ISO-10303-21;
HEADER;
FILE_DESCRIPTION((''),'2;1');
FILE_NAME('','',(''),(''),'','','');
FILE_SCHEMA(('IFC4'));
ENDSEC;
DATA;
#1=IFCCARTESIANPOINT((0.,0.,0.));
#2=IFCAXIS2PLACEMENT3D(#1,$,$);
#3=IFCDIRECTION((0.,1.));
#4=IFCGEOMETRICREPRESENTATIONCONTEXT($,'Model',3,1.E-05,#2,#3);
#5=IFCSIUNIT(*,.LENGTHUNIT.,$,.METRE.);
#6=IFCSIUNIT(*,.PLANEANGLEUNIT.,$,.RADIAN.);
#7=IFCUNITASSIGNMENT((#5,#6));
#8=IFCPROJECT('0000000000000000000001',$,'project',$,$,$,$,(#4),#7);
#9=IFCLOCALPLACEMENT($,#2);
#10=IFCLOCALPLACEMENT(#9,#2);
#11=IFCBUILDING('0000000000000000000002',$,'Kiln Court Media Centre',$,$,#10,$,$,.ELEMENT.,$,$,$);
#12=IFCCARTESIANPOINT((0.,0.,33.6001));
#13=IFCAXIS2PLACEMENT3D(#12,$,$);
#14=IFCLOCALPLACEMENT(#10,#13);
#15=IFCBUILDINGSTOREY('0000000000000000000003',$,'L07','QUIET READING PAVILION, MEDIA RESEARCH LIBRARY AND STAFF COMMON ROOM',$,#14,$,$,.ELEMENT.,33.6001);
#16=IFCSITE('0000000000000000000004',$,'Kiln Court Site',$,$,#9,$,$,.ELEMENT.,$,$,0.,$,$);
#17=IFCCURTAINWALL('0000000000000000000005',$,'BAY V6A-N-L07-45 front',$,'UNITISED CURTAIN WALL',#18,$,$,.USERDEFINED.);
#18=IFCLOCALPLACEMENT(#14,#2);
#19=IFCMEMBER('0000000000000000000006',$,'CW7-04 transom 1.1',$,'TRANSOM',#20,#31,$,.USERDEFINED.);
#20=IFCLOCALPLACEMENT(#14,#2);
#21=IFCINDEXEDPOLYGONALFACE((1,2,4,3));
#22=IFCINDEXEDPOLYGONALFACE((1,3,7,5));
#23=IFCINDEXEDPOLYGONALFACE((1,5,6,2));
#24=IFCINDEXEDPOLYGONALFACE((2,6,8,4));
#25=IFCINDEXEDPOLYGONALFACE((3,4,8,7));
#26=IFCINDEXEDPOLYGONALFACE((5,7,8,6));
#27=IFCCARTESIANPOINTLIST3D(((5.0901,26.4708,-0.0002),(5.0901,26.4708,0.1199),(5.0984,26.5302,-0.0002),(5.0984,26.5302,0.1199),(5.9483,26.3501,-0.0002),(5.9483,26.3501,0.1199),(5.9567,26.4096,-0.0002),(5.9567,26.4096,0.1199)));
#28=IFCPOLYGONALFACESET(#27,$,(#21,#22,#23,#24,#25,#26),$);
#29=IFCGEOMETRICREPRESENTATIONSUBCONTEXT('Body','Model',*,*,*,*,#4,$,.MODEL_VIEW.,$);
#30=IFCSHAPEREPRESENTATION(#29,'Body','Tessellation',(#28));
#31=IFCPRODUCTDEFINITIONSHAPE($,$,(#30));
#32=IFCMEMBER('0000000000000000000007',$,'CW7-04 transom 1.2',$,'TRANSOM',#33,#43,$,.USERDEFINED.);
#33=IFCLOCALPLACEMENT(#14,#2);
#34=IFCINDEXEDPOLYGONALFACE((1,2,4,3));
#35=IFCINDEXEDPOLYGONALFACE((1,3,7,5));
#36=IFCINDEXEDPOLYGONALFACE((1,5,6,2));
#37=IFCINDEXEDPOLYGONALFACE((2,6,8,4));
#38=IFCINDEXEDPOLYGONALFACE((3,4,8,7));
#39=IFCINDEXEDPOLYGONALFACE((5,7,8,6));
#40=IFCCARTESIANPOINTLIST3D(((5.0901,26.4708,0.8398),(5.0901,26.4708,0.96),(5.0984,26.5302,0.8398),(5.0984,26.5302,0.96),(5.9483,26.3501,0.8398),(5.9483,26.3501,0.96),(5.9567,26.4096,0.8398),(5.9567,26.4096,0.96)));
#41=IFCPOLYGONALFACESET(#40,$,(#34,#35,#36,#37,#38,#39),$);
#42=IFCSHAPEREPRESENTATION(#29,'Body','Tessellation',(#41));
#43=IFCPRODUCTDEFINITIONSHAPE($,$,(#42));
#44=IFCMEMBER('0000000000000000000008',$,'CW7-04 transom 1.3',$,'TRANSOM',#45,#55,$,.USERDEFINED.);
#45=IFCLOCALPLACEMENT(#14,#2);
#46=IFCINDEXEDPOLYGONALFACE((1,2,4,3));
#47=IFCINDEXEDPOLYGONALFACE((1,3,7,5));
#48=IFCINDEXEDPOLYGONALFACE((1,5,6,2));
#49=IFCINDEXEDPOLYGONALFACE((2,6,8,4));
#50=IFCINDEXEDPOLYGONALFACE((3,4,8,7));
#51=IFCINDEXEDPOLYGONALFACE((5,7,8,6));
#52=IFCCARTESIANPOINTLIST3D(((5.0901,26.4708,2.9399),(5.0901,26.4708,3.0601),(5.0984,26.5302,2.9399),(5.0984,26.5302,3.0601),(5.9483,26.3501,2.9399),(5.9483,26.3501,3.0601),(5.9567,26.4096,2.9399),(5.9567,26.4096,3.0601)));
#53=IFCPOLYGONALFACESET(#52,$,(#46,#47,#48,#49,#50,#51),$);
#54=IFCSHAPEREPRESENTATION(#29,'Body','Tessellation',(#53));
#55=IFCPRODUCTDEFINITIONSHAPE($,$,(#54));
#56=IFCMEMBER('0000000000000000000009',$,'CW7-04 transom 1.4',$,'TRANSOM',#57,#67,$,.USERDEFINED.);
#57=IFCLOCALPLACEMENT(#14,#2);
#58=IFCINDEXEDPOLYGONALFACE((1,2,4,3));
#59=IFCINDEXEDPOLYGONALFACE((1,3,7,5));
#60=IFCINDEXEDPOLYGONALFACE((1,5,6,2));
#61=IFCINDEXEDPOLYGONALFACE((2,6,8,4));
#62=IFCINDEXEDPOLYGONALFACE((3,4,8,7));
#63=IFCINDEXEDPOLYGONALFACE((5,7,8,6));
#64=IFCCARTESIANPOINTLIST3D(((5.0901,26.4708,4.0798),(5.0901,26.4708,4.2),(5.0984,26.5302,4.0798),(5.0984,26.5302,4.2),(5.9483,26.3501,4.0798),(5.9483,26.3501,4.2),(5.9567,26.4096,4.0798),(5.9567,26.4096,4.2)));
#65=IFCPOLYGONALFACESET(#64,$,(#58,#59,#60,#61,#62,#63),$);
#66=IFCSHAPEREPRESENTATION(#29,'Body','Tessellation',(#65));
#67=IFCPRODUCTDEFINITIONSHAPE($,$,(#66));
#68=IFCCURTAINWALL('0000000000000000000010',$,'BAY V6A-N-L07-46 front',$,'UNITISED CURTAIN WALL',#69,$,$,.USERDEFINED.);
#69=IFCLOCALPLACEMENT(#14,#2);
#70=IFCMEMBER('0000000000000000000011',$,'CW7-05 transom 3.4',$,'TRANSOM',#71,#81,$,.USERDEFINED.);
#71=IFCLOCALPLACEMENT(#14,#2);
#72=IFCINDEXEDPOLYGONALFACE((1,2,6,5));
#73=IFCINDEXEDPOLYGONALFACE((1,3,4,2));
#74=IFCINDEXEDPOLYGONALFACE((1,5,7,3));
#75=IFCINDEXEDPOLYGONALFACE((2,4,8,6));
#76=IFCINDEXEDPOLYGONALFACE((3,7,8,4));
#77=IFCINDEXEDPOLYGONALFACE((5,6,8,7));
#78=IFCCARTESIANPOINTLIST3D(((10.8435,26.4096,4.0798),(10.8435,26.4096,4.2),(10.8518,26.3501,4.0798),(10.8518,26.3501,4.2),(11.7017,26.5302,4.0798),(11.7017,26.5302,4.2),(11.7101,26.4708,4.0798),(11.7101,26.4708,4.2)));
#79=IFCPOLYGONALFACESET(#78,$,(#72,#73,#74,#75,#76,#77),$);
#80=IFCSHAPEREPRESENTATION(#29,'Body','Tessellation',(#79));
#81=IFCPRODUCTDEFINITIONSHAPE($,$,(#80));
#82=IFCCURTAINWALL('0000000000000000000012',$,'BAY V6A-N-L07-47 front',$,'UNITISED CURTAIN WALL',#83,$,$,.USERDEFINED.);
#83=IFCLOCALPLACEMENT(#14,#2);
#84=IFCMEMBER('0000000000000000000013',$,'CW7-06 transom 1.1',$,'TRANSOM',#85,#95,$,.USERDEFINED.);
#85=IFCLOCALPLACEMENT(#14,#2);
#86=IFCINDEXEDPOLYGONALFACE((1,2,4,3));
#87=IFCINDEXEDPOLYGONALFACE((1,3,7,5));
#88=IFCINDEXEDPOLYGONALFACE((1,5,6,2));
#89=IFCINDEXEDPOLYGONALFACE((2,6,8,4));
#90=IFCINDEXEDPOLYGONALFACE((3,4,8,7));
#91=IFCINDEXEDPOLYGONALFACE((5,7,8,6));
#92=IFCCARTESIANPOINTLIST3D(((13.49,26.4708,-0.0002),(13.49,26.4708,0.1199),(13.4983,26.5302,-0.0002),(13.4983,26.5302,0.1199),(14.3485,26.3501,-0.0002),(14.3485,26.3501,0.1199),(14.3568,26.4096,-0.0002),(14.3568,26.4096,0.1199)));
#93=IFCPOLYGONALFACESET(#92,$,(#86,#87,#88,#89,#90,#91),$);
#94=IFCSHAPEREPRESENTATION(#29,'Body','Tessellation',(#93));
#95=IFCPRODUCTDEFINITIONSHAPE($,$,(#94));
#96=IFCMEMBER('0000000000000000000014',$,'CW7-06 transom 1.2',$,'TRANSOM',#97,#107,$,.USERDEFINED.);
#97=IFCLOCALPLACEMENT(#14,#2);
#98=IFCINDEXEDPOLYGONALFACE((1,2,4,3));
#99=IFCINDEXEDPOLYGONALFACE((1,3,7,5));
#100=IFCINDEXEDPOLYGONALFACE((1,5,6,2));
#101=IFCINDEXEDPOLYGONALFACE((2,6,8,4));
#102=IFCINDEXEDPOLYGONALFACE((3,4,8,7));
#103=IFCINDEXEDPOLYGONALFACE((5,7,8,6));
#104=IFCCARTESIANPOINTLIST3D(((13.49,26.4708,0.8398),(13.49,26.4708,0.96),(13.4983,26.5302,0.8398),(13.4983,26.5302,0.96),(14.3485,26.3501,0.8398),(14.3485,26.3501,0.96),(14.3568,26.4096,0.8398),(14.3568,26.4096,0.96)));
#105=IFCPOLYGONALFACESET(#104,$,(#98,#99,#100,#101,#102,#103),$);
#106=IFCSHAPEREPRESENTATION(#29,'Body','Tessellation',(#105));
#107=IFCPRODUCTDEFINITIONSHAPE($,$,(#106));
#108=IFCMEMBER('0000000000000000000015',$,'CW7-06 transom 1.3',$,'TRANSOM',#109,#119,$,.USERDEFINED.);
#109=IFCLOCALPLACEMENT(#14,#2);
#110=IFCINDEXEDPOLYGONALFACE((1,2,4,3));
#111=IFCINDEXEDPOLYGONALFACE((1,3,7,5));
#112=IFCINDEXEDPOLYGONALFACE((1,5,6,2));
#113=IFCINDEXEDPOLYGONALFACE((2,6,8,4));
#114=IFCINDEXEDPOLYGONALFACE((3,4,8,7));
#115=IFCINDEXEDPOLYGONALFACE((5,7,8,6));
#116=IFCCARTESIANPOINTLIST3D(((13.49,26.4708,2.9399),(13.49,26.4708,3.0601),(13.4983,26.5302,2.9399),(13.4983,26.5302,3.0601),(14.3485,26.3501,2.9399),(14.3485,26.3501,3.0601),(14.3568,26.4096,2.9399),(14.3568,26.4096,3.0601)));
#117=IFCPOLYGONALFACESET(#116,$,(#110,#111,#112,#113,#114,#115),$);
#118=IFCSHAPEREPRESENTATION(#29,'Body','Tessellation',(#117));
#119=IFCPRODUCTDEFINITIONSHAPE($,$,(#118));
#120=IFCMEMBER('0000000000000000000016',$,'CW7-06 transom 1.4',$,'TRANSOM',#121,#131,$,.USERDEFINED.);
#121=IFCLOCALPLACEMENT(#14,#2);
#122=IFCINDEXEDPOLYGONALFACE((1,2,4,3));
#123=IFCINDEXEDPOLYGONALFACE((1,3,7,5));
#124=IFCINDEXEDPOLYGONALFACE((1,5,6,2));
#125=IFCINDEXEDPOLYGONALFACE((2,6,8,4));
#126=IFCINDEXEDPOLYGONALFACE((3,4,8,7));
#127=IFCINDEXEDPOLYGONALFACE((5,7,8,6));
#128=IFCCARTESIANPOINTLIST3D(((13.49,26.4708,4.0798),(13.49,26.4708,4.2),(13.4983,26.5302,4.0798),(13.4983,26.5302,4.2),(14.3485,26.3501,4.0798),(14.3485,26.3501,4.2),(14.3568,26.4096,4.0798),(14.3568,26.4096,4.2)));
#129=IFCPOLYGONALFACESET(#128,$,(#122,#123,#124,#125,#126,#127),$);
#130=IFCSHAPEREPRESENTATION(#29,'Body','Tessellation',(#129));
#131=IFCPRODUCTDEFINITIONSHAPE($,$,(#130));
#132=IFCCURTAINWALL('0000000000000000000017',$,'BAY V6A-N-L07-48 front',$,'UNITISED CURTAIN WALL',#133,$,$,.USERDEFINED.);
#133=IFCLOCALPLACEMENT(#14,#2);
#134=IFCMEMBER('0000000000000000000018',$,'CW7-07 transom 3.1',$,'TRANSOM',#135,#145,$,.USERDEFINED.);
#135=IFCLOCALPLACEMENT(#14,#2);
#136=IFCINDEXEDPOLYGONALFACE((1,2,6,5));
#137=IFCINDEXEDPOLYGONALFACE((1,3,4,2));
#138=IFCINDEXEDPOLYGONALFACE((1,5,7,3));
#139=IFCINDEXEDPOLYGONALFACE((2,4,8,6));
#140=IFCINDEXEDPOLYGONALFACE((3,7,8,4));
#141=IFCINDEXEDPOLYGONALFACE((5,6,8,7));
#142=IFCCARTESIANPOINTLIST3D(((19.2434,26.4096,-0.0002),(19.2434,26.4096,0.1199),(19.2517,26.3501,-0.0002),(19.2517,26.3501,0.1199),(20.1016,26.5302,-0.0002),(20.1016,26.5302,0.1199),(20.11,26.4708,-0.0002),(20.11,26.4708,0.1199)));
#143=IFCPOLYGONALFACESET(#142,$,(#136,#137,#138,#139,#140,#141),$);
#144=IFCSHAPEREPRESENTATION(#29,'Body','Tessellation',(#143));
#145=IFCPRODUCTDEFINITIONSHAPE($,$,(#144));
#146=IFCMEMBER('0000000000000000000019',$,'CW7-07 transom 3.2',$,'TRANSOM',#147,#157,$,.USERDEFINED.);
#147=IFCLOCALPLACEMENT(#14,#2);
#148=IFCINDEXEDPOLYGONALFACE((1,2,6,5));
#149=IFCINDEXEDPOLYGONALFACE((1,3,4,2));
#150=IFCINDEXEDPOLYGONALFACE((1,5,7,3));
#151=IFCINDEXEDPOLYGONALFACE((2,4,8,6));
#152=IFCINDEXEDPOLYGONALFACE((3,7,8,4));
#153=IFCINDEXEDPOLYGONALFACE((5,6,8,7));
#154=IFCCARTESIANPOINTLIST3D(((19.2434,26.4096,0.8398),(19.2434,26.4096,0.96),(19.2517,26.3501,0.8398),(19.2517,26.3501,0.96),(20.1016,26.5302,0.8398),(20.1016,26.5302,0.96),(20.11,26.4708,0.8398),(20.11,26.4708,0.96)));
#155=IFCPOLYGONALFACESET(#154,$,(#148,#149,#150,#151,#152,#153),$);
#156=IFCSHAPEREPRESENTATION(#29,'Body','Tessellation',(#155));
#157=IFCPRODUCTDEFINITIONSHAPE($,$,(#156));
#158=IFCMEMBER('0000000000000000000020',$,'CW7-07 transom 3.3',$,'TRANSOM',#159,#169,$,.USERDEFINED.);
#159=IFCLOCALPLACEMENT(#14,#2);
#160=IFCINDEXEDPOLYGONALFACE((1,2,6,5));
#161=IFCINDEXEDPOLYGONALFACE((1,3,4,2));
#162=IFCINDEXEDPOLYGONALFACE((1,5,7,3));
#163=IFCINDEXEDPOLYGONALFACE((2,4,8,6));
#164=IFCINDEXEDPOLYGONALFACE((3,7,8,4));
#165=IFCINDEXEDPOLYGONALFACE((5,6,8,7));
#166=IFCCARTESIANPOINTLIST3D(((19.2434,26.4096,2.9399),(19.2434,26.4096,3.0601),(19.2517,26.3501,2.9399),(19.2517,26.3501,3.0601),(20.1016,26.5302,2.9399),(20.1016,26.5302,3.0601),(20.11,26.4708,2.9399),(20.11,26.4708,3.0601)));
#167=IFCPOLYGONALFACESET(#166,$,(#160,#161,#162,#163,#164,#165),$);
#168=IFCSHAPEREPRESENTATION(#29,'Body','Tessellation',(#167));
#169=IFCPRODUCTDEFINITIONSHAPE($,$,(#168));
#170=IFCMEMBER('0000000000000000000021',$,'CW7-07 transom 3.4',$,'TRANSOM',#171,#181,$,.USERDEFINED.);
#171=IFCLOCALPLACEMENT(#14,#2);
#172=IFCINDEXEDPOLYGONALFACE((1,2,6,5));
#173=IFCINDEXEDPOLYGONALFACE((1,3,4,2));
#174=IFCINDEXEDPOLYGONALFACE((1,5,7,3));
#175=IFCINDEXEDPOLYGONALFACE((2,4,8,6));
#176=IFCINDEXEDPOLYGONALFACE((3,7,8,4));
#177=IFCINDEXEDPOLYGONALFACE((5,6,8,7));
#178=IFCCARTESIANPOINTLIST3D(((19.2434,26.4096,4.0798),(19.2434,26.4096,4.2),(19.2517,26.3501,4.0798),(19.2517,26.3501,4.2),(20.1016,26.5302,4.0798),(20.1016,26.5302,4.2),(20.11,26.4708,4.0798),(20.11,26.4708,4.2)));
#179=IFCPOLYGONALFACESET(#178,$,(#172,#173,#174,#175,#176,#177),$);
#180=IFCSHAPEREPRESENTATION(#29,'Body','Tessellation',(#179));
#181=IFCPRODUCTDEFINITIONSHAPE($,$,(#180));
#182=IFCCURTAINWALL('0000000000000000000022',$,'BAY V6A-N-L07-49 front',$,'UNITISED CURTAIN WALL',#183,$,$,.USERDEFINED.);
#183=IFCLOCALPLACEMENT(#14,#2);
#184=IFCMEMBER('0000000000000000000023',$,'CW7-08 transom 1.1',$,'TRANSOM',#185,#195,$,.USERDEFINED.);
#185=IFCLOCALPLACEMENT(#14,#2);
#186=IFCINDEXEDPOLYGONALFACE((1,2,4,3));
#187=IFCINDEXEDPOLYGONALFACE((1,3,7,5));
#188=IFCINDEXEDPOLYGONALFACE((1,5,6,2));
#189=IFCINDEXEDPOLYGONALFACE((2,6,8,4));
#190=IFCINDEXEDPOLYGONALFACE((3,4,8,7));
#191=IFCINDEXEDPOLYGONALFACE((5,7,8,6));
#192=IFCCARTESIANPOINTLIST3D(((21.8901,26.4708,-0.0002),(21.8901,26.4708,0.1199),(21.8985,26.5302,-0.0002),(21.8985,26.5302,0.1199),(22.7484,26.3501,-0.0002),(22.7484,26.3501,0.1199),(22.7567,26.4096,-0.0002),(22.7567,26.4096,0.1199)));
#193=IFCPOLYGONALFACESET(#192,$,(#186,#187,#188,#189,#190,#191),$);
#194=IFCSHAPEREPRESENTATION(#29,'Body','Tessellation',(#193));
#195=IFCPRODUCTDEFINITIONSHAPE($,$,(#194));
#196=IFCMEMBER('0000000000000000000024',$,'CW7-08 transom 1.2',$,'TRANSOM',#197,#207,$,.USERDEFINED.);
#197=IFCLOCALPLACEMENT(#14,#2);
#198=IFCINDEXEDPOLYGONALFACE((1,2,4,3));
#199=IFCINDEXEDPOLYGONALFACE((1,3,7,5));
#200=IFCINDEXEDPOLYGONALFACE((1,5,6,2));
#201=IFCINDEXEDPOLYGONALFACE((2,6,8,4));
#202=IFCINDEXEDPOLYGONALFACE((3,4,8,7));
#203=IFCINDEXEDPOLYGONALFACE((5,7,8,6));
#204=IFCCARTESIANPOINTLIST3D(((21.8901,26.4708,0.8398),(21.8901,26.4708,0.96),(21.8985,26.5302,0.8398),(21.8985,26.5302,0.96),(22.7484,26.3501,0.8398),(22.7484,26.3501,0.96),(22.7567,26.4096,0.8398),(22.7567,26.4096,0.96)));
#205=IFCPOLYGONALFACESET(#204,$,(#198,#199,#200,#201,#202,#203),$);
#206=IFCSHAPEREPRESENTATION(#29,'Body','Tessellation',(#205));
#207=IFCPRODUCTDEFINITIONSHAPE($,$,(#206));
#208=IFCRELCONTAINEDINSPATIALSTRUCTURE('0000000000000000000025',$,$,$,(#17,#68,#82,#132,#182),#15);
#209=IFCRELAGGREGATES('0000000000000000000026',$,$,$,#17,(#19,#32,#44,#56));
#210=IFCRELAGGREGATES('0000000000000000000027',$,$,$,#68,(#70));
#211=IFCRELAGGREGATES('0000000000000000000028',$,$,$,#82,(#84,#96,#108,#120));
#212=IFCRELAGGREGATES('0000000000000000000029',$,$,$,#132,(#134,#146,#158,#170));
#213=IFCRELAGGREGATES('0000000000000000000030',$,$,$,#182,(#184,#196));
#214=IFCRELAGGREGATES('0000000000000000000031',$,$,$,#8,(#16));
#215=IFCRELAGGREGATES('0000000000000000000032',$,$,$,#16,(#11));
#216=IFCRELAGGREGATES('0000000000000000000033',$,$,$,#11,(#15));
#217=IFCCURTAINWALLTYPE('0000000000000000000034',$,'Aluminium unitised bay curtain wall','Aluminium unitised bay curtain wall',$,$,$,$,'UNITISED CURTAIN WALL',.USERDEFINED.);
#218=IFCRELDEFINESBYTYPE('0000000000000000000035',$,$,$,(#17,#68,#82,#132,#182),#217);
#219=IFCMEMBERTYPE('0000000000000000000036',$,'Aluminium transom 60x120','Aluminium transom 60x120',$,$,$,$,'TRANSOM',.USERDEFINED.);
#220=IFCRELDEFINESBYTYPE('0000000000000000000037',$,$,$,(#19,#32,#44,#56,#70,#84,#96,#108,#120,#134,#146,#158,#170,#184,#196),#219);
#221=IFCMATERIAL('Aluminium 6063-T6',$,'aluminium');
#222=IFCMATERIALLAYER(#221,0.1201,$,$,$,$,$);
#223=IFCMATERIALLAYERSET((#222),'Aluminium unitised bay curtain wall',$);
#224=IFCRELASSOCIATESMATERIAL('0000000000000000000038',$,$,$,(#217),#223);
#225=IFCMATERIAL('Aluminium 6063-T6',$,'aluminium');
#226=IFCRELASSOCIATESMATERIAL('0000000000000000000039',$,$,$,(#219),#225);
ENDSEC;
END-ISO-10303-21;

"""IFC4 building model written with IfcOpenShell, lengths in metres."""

from ifc_helpers import new_model, si_unit, direction, frame, origin, origin_2d, place, context, subcontext, project, spatial, rectangle, extrude, material, layer, layer_set, material_profile, profile_set, type_object, element, aggregate, save


model = new_model("IFC4")

# Units and contexts
model_context = context("Model", 3, precision=1e-05, world=origin(), true_north=direction((0.0, 1.0)))
body_context = subcontext(model_context, "Body", "Model", "MODEL_VIEW")
ifc_project = project(units=[si_unit("LENGTHUNIT", "METRE"), si_unit("PLANEANGLEUNIT", "RADIAN")], contexts=[model_context])

# Site, building, storey
site_placement = place(None, origin())
site = spatial("IfcSite", under=ifc_project, at=site_placement, Name="Kiln Court Site", CompositionType="ELEMENT", RefElevation=0.0)
building_placement = place(site_placement, origin())
building = spatial("IfcBuilding", under=site, at=building_placement, Name="Kiln Court Media Centre", CompositionType="ELEMENT")
storey_placement = place(building_placement, frame((0.0, 0.0, 33.6001)))
storey = spatial("IfcBuildingStorey", under=building, at=storey_placement, Name="L07", Description="QUIET READING PAVILION, MEDIA RESEARCH LIBRARY AND STAFF COMMON ROOM", CompositionType="ELEMENT", Elevation=33.6001)

# Curtain wall, members
ifc_material_1 = material(Name="Aluminium 6063-T6", Category="aluminium")
ifc_layer_1 = layer(ifc_material_1, 0.1201)
ifc_layer_set_1 = layer_set([ifc_layer_1], Name="Aluminium unitised bay curtain wall")
curtain_wall_type = type_object("IfcCurtainWallType", Name="Aluminium unitised bay curtain wall", Description="Aluminium unitised bay curtain wall", ElementType="UNITISED CURTAIN WALL", PredefinedType="USERDEFINED", material=ifc_layer_set_1)
curtain_wall_1_placement = place(storey_placement, origin())
curtain_wall_1 = element("IfcCurtainWall", 1, at=curtain_wall_1_placement, inside=storey, type_object=curtain_wall_type, Name="BAY V6A-N-L07-45 front", ObjectType="UNITISED CURTAIN WALL", PredefinedType="USERDEFINED")
ifc_material_2 = material(Name="Aluminium 6063-T6", Category="aluminium")
ifc_material_profile = material_profile(ifc_material_2, rectangle(XDim=0.0601, YDim=0.1201, at=origin_2d()), Name="Aluminium transom 60x120")
ifc_profile_set = profile_set([ifc_material_profile], Name="Aluminium 6063-T6")
member_type = type_object("IfcMemberType", Name="Aluminium transom 60x120", Description="Aluminium transom 60x120", ElementType="TRANSOM", PredefinedType="USERDEFINED", material=ifc_profile_set)
member_1_placement = place(storey_placement, frame((5.0942, 26.5005, 0.0598), z_axis=(0.990268, -0.139173, 0.0), x_axis=(0.139173, 0.990268, 0.0)))
member_1 = element("IfcMember", 2, at=member_1_placement, type_object=member_type, Name="CW7-04 transom 1.1", ObjectType="TRANSOM", PredefinedType="USERDEFINED", context=body_context, shape_type="SweptSolid", body=[
    extrude(rectangle(XDim=0.0601, YDim=0.1201, at=origin_2d()), origin(), (0.0, 0.0, 1.0), 0.8667),
])
member_2_placement = place(storey_placement, frame((5.0942, 26.5005, 0.8999), z_axis=(0.990268, -0.139173, 0.0), x_axis=(0.139173, 0.990268, 0.0)))
member_2 = element("IfcMember", 3, at=member_2_placement, type_object=member_type, Name="CW7-04 transom 1.2", ObjectType="TRANSOM", PredefinedType="USERDEFINED", context=body_context, shape_type="SweptSolid", body=[
    extrude(rectangle(XDim=0.0601, YDim=0.1201, at=origin_2d()), origin(), (0.0, 0.0, 1.0), 0.8667),
])
member_3_placement = place(storey_placement, frame((5.0942, 26.5005, 3.0), z_axis=(0.990268, -0.139173, 0.0), x_axis=(0.139173, 0.990268, 0.0)))
member_3 = element("IfcMember", 4, at=member_3_placement, type_object=member_type, Name="CW7-04 transom 1.3", ObjectType="TRANSOM", PredefinedType="USERDEFINED", context=body_context, shape_type="SweptSolid", body=[
    extrude(rectangle(XDim=0.0601, YDim=0.1201, at=origin_2d()), origin(), (0.0, 0.0, 1.0), 0.8667),
])
member_4_placement = place(storey_placement, frame((5.0942, 26.5005, 4.1399), z_axis=(0.990268, -0.139173, 0.0), x_axis=(0.139173, 0.990268, 0.0)))
member_4 = element("IfcMember", 5, at=member_4_placement, type_object=member_type, Name="CW7-04 transom 1.4", ObjectType="TRANSOM", PredefinedType="USERDEFINED", context=body_context, shape_type="SweptSolid", body=[
    extrude(rectangle(XDim=0.0601, YDim=0.1201, at=origin_2d()), origin(), (0.0, 0.0, 1.0), 0.8667),
])

# Curtain wall, member
curtain_wall_2_placement = place(storey_placement, origin())
curtain_wall_2 = element("IfcCurtainWall", 6, at=curtain_wall_2_placement, inside=storey, type_object=curtain_wall_type, Name="BAY V6A-N-L07-46 front", ObjectType="UNITISED CURTAIN WALL", PredefinedType="USERDEFINED")
member_5_placement = place(storey_placement, frame((10.8477, 26.3799, 4.1399), z_axis=(0.990268, 0.139173, 0.0), x_axis=(-0.139173, 0.990268, 0.0)))
member_5 = element("IfcMember", 7, at=member_5_placement, type_object=member_type, Name="CW7-05 transom 3.4", ObjectType="TRANSOM", PredefinedType="USERDEFINED", context=body_context, shape_type="SweptSolid", body=[
    extrude(rectangle(XDim=0.0601, YDim=0.1201, at=origin_2d()), origin(), (0.0, 0.0, 1.0), 0.8667),
])

# Curtain walls, members
curtain_wall_3_placement = place(storey_placement, origin())
curtain_wall_3 = element("IfcCurtainWall", 8, at=curtain_wall_3_placement, inside=storey, type_object=curtain_wall_type, Name="BAY V6A-N-L07-47 front", ObjectType="UNITISED CURTAIN WALL", PredefinedType="USERDEFINED")
member_6_placement = place(storey_placement, frame((13.4941, 26.5005, 0.0598), z_axis=(0.990274, -0.139134, 0.0), x_axis=(0.139134, 0.990274, 0.0)))
member_6 = element("IfcMember", 9, at=member_6_placement, type_object=member_type, Name="CW7-06 transom 1.1", ObjectType="TRANSOM", PredefinedType="USERDEFINED", context=body_context, shape_type="SweptSolid", body=[
    extrude(rectangle(XDim=0.0601, YDim=0.1201, at=origin_2d()), origin(), (0.0, 0.0, 1.0), 0.8669),
])
member_7_placement = place(storey_placement, frame((13.4941, 26.5005, 0.8999), z_axis=(0.990274, -0.139134, 0.0), x_axis=(0.139134, 0.990274, 0.0)))
member_7 = element("IfcMember", 10, at=member_7_placement, type_object=member_type, Name="CW7-06 transom 1.2", ObjectType="TRANSOM", PredefinedType="USERDEFINED", context=body_context, shape_type="SweptSolid", body=[
    extrude(rectangle(XDim=0.0601, YDim=0.1201, at=origin_2d()), origin(), (0.0, 0.0, 1.0), 0.8669),
])
member_8_placement = place(storey_placement, frame((13.4941, 26.5005, 3.0), z_axis=(0.990274, -0.139134, 0.0), x_axis=(0.139134, 0.990274, 0.0)))
member_8 = element("IfcMember", 11, at=member_8_placement, type_object=member_type, Name="CW7-06 transom 1.3", ObjectType="TRANSOM", PredefinedType="USERDEFINED", context=body_context, shape_type="SweptSolid", body=[
    extrude(rectangle(XDim=0.0601, YDim=0.1201, at=origin_2d()), origin(), (0.0, 0.0, 1.0), 0.8669),
])
member_9_placement = place(storey_placement, frame((13.4941, 26.5005, 4.1399), z_axis=(0.990274, -0.139134, 0.0), x_axis=(0.139134, 0.990274, 0.0)))
member_9 = element("IfcMember", 12, at=member_9_placement, type_object=member_type, Name="CW7-06 transom 1.4", ObjectType="TRANSOM", PredefinedType="USERDEFINED", context=body_context, shape_type="SweptSolid", body=[
    extrude(rectangle(XDim=0.0601, YDim=0.1201, at=origin_2d()), origin(), (0.0, 0.0, 1.0), 0.8669),
])
curtain_wall_4_placement = place(storey_placement, origin())
curtain_wall_4 = element("IfcCurtainWall", 13, at=curtain_wall_4_placement, inside=storey, type_object=curtain_wall_type, Name="BAY V6A-N-L07-48 front", ObjectType="UNITISED CURTAIN WALL", PredefinedType="USERDEFINED")
member_10_placement = place(storey_placement, frame((19.2476, 26.3799, 0.0598), z_axis=(0.990268, 0.139173, 0.0), x_axis=(-0.139173, 0.990268, 0.0)))
member_10 = element("IfcMember", 14, at=member_10_placement, type_object=member_type, Name="CW7-07 transom 3.1", ObjectType="TRANSOM", PredefinedType="USERDEFINED", context=body_context, shape_type="SweptSolid", body=[
    extrude(rectangle(XDim=0.0601, YDim=0.1201, at=origin_2d()), origin(), (0.0, 0.0, 1.0), 0.8667),
])
member_11_placement = place(storey_placement, frame((19.2476, 26.3799, 0.8999), z_axis=(0.990268, 0.139173, 0.0), x_axis=(-0.139173, 0.990268, 0.0)))
member_11 = element("IfcMember", 15, at=member_11_placement, type_object=member_type, Name="CW7-07 transom 3.2", ObjectType="TRANSOM", PredefinedType="USERDEFINED", context=body_context, shape_type="SweptSolid", body=[
    extrude(rectangle(XDim=0.0601, YDim=0.1201, at=origin_2d()), origin(), (0.0, 0.0, 1.0), 0.8667),
])
member_12_placement = place(storey_placement, frame((19.2476, 26.3799, 3.0), z_axis=(0.990268, 0.139173, 0.0), x_axis=(-0.139173, 0.990268, 0.0)))
member_12 = element("IfcMember", 16, at=member_12_placement, type_object=member_type, Name="CW7-07 transom 3.3", ObjectType="TRANSOM", PredefinedType="USERDEFINED", context=body_context, shape_type="SweptSolid", body=[
    extrude(rectangle(XDim=0.0601, YDim=0.1201, at=origin_2d()), origin(), (0.0, 0.0, 1.0), 0.8667),
])
member_13_placement = place(storey_placement, frame((19.2476, 26.3799, 4.1399), z_axis=(0.990268, 0.139173, 0.0), x_axis=(-0.139173, 0.990268, 0.0)))
member_13 = element("IfcMember", 17, at=member_13_placement, type_object=member_type, Name="CW7-07 transom 3.4", ObjectType="TRANSOM", PredefinedType="USERDEFINED", context=body_context, shape_type="SweptSolid", body=[
    extrude(rectangle(XDim=0.0601, YDim=0.1201, at=origin_2d()), origin(), (0.0, 0.0, 1.0), 0.8667),
])
curtain_wall_5_placement = place(storey_placement, origin())
curtain_wall_5 = element("IfcCurtainWall", 18, at=curtain_wall_5_placement, inside=storey, type_object=curtain_wall_type, Name="BAY V6A-N-L07-49 front", ObjectType="UNITISED CURTAIN WALL", PredefinedType="USERDEFINED")
member_14_placement = place(storey_placement, frame((21.8943, 26.5005, 0.0598), z_axis=(0.990268, -0.139173, 0.0), x_axis=(0.139173, 0.990268, 0.0)))
member_14 = element("IfcMember", 19, at=member_14_placement, type_object=member_type, Name="CW7-08 transom 1.1", ObjectType="TRANSOM", PredefinedType="USERDEFINED", context=body_context, shape_type="SweptSolid", body=[
    extrude(rectangle(XDim=0.0601, YDim=0.1201, at=origin_2d()), origin(), (0.0, 0.0, 1.0), 0.8667),
])
member_15_placement = place(storey_placement, frame((21.8943, 26.5005, 0.8999), z_axis=(0.990268, -0.139173, 0.0), x_axis=(0.139173, 0.990268, 0.0)))
member_15 = element("IfcMember", 20, at=member_15_placement, type_object=member_type, Name="CW7-08 transom 1.2", ObjectType="TRANSOM", PredefinedType="USERDEFINED", context=body_context, shape_type="SweptSolid", body=[
    extrude(rectangle(XDim=0.0601, YDim=0.1201, at=origin_2d()), origin(), (0.0, 0.0, 1.0), 0.8667),
])

aggregate(curtain_wall_1, [member_1, member_2, member_3, member_4])
aggregate(curtain_wall_2, [member_5])
aggregate(curtain_wall_3, [member_6, member_7, member_8, member_9])
aggregate(curtain_wall_4, [member_10, member_11, member_12, member_13])
aggregate(curtain_wall_5, [member_14, member_15])

save(model, "model.ifc")
